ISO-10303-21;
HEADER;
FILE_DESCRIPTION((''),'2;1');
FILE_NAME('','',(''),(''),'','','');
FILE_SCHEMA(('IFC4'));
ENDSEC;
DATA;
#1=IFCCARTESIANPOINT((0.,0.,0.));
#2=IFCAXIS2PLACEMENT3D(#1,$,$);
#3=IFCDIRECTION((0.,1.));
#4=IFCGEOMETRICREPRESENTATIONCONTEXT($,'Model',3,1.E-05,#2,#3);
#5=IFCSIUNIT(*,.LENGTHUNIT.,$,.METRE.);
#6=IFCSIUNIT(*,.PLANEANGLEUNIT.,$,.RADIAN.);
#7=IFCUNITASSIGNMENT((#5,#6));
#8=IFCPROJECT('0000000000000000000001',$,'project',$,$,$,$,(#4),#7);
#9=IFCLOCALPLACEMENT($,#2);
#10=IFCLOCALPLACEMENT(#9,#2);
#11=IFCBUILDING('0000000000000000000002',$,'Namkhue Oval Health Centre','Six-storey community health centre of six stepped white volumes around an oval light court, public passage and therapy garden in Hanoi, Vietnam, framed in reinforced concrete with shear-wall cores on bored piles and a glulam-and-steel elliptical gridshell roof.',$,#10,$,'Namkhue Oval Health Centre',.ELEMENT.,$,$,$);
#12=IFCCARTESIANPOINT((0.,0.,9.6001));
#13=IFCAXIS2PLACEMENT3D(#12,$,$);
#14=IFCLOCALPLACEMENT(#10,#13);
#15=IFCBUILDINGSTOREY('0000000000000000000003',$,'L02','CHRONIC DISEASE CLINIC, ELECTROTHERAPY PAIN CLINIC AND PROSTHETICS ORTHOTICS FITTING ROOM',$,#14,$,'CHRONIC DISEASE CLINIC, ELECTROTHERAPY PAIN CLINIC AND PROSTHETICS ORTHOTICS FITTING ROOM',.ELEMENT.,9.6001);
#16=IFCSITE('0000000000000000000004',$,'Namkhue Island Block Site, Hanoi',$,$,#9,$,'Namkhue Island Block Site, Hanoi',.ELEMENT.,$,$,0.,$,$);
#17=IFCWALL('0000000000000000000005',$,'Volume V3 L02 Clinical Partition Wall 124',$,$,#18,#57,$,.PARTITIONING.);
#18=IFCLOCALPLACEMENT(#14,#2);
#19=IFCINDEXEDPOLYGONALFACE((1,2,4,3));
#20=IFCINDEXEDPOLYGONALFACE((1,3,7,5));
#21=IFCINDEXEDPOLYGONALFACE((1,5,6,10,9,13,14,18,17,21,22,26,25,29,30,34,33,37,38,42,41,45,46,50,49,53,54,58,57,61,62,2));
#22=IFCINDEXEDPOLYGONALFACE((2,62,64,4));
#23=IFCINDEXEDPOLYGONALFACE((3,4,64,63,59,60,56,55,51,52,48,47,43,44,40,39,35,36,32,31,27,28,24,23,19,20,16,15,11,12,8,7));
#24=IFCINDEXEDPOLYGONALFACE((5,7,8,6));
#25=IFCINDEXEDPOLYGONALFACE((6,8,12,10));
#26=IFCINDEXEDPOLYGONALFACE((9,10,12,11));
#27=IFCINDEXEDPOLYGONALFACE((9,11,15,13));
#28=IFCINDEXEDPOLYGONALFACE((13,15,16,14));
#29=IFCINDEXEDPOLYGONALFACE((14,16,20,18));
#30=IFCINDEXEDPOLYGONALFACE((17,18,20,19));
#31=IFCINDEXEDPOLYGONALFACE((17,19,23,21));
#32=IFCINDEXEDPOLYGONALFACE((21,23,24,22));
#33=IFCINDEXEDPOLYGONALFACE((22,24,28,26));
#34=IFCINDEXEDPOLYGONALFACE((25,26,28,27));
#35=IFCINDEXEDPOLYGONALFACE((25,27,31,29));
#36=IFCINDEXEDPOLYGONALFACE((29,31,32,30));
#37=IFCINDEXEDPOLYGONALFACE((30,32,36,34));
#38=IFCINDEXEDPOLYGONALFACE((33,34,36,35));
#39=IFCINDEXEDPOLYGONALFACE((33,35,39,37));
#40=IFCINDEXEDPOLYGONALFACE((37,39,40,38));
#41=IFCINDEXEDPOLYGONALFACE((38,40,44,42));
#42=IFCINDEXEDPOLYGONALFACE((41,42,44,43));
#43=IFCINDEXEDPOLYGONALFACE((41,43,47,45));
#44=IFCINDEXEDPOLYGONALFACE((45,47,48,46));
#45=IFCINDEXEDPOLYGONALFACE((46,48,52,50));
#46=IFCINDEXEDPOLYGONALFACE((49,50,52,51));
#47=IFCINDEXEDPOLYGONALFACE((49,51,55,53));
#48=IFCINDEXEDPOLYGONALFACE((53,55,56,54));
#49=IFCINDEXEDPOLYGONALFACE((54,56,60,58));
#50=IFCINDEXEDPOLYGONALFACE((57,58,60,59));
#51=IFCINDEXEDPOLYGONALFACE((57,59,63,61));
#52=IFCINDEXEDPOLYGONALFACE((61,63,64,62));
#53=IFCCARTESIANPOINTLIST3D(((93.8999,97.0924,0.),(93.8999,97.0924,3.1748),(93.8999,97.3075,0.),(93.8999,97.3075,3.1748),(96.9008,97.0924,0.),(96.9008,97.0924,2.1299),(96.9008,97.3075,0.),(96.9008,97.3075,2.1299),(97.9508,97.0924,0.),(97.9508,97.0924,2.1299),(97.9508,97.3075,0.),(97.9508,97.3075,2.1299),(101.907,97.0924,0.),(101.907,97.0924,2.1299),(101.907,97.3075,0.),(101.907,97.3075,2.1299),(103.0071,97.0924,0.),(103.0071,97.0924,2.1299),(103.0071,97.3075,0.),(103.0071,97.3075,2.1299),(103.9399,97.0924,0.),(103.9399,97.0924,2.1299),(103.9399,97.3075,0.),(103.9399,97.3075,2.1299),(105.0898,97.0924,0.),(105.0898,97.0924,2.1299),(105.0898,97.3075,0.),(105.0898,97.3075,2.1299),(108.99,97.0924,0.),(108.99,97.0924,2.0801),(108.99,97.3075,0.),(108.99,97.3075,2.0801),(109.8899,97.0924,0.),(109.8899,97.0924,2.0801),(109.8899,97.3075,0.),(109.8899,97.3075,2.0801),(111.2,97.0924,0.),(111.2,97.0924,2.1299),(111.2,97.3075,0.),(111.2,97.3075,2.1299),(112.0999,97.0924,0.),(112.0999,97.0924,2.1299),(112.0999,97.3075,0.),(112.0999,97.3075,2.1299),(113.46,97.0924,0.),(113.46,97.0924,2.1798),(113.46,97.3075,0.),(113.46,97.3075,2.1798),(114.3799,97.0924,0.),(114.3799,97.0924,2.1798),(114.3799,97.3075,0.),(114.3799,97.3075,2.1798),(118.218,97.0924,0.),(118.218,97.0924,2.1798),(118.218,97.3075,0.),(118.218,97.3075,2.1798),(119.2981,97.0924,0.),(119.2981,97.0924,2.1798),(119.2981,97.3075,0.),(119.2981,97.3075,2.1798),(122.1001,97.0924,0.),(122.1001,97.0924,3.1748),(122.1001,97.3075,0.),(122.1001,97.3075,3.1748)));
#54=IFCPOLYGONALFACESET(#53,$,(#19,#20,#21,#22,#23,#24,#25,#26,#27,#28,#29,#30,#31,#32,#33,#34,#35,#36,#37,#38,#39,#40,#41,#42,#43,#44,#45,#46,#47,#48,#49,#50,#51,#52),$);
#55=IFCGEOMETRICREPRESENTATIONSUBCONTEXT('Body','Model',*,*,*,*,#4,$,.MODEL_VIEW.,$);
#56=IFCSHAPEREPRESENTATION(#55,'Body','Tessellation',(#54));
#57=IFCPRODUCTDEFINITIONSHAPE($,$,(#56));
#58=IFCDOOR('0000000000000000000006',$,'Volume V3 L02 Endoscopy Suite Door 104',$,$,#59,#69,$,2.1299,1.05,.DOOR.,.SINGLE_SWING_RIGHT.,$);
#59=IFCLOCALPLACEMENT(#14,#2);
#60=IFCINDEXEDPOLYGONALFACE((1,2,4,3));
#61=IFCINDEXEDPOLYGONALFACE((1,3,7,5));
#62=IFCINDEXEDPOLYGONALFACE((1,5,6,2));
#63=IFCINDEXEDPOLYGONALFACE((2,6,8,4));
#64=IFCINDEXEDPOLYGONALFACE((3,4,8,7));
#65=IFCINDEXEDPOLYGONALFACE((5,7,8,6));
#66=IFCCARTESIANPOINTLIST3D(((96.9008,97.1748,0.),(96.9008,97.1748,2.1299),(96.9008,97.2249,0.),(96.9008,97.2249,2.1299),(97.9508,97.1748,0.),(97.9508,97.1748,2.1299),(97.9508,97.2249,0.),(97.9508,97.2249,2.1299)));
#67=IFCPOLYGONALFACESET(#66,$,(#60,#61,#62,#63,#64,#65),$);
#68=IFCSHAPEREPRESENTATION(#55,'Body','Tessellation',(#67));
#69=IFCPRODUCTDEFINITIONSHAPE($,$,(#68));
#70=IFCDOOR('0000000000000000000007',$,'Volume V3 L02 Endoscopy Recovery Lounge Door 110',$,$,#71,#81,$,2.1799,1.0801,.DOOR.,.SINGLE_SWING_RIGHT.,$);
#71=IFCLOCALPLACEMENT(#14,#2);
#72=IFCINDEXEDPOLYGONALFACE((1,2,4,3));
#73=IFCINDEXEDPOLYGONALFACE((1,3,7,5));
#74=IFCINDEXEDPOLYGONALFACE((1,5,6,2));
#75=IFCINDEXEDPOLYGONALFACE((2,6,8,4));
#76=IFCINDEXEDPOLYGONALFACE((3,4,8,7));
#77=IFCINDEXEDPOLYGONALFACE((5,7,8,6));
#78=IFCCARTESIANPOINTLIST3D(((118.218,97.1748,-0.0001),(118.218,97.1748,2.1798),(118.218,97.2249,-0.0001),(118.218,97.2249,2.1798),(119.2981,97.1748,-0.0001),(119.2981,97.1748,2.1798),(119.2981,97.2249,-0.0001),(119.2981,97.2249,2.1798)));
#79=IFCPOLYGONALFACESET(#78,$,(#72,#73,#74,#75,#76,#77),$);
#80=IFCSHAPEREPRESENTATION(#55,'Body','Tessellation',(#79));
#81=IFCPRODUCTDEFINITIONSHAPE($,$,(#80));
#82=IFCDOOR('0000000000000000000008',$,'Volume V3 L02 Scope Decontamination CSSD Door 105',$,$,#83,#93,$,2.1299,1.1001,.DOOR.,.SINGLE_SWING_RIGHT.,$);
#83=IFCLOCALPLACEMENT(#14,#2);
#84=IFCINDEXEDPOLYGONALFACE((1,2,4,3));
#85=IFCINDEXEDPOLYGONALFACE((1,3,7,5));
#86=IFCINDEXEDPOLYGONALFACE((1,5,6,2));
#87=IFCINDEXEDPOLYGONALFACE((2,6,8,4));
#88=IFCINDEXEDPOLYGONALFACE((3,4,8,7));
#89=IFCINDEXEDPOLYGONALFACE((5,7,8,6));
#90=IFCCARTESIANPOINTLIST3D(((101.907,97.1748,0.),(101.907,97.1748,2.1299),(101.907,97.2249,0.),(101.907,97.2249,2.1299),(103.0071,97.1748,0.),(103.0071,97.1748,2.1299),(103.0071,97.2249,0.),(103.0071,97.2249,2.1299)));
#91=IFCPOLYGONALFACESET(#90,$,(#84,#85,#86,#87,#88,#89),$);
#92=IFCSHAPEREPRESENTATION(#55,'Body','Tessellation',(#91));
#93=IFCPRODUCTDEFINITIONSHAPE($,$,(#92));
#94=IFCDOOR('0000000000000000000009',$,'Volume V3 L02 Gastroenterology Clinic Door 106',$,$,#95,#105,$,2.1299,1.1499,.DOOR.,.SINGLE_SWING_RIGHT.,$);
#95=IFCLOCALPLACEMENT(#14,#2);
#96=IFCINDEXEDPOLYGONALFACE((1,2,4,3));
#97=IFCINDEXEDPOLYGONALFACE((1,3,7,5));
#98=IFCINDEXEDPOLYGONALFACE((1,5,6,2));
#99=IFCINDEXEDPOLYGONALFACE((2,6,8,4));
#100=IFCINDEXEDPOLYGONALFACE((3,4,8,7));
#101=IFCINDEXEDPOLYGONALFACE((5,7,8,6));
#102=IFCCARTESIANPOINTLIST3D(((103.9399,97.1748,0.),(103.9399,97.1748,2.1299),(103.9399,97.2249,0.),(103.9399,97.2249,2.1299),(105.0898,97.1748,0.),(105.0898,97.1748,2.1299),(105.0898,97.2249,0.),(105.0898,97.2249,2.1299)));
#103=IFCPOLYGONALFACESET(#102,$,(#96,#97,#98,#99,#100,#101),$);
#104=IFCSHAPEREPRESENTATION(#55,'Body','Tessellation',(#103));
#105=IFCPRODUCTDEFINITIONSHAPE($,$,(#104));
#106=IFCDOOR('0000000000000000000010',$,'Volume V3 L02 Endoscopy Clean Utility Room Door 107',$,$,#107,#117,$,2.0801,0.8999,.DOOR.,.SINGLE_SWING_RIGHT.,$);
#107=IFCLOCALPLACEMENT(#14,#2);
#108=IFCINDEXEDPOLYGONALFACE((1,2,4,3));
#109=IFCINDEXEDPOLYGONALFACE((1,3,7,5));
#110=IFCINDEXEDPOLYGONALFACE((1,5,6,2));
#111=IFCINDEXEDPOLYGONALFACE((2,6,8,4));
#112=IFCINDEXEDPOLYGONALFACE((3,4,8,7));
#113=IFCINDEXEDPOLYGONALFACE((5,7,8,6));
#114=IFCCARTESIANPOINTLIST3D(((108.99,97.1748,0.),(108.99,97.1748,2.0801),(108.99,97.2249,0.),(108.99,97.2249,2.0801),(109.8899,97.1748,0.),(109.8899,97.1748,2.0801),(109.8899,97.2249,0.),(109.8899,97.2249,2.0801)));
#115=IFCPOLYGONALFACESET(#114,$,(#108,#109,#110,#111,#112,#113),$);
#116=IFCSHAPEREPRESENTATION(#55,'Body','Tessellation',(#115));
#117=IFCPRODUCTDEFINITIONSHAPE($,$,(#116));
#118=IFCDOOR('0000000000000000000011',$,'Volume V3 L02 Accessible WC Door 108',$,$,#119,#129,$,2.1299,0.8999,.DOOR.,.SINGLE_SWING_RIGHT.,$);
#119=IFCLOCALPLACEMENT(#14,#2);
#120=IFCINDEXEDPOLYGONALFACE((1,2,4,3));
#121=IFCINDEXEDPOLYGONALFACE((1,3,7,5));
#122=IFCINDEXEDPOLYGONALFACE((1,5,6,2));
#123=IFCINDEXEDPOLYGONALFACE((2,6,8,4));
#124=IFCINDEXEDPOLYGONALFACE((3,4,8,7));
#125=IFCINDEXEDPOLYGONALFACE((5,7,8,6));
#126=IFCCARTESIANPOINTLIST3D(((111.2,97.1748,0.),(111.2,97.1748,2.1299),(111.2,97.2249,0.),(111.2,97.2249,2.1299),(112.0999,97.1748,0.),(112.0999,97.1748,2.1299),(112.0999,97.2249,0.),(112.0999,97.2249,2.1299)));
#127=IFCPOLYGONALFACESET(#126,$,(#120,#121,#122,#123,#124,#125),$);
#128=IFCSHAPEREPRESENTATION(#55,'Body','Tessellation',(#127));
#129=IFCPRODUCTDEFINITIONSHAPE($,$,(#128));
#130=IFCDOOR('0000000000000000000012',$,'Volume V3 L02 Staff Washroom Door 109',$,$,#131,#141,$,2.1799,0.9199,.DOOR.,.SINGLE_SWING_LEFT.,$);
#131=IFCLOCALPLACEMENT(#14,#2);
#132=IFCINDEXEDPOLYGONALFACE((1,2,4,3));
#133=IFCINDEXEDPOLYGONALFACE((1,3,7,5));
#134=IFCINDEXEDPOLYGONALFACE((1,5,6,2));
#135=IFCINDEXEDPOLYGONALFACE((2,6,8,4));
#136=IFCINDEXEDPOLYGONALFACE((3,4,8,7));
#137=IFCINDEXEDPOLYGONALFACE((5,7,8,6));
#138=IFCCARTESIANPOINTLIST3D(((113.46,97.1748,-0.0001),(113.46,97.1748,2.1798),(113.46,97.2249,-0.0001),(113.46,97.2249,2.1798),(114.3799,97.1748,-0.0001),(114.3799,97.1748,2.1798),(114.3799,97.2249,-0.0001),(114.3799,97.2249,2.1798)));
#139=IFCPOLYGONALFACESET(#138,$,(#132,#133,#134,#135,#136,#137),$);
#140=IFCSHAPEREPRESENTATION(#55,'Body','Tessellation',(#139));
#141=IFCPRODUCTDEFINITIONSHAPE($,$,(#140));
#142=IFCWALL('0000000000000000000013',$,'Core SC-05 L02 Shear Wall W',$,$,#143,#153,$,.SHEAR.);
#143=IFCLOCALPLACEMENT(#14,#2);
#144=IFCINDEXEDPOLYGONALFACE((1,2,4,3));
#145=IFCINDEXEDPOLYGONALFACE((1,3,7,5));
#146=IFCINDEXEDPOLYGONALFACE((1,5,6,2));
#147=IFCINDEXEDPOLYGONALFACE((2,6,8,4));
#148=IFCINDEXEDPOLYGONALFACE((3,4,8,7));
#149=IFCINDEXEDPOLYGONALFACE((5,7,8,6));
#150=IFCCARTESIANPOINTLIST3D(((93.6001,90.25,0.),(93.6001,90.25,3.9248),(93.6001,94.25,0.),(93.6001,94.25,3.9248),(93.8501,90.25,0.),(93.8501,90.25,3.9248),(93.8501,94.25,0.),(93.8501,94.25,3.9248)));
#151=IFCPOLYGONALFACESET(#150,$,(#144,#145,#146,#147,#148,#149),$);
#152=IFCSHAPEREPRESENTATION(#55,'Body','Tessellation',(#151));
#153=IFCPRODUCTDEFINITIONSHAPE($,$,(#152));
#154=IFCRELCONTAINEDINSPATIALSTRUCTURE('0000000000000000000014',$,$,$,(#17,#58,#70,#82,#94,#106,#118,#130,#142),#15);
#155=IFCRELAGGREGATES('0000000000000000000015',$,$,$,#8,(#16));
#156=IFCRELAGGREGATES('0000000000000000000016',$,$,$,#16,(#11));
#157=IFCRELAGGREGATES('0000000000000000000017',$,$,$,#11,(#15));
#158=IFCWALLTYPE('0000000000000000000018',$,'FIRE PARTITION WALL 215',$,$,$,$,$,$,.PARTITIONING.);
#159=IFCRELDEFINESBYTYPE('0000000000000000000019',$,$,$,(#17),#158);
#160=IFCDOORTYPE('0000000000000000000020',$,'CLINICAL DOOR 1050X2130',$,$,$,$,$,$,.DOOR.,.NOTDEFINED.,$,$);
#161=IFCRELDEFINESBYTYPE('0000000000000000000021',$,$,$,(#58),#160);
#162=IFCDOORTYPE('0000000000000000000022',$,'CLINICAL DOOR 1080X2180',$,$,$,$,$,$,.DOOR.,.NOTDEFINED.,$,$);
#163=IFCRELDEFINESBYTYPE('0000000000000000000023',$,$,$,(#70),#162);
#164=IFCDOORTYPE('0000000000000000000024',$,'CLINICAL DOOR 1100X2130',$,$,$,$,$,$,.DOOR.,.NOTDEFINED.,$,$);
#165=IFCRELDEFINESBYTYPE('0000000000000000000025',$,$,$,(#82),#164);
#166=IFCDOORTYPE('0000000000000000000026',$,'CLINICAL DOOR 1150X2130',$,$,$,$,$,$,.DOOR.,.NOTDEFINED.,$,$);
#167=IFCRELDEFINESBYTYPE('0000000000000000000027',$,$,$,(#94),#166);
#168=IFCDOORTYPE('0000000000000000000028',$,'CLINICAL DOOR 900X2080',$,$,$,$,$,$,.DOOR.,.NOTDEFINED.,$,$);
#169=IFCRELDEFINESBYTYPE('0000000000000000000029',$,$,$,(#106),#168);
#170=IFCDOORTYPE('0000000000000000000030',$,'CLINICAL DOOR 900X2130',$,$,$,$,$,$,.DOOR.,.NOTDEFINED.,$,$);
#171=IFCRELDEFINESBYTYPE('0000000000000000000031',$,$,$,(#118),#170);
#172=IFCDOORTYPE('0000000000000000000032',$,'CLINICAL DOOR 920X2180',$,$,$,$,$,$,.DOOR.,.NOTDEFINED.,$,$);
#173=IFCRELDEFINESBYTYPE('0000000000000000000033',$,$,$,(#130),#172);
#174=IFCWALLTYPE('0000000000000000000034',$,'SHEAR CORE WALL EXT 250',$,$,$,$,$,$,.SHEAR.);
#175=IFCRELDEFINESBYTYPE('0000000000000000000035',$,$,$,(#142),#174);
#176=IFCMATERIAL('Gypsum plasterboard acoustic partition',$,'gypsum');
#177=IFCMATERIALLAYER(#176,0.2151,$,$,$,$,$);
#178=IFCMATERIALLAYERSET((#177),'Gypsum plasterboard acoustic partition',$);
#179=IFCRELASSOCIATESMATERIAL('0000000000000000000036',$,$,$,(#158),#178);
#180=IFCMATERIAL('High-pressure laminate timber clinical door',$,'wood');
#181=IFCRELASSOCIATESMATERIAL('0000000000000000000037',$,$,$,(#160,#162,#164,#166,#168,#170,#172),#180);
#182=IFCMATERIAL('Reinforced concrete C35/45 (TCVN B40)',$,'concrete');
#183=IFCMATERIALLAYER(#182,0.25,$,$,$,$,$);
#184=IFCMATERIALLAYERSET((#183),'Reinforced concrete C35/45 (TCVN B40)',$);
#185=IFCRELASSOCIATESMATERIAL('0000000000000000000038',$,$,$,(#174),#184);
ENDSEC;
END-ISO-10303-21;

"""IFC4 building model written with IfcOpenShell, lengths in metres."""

from ifc_helpers import new_model, si_unit, direction, frame, frame_2d, origin, place, context, subcontext, project, spatial, rectangle, extrude, material, layer, layer_set, type_object, element, fill, save


model = new_model("IFC4")

# Units and contexts
model_context = context("Model", 3, precision=1e-05, world=origin(), true_north=direction((0.0, 1.0)))
body_context = subcontext(model_context, "Body", "Model", "MODEL_VIEW")
ifc_project = project(units=[si_unit("LENGTHUNIT", "METRE"), si_unit("PLANEANGLEUNIT", "RADIAN")], contexts=[model_context])

# Site, building, storey
site_placement = place(None, origin())
site = spatial("IfcSite", under=ifc_project, at=site_placement, Name="Namkhue Island Block Site, Hanoi", LongName="Namkhue Island Block Site, Hanoi", CompositionType="ELEMENT", RefElevation=0.0)
building_placement = place(site_placement, origin())
building = spatial("IfcBuilding", under=site, at=building_placement, Name="Namkhue Oval Health Centre", Description="Six-storey community health centre of six stepped white volumes around an oval light court, public passage and therapy garden in Hanoi, Vietnam, framed in reinforced concrete with shear-wall cores on bored piles and a glulam-and-steel elliptical gridshell roof.", LongName="Namkhue Oval Health Centre", CompositionType="ELEMENT")
storey_placement = place(building_placement, frame((0.0, 0.0, 9.6001)))
storey = spatial("IfcBuildingStorey", under=building, at=storey_placement, Name="L02", Description="CHRONIC DISEASE CLINIC, ELECTROTHERAPY PAIN CLINIC AND PROSTHETICS ORTHOTICS FITTING ROOM", LongName="CHRONIC DISEASE CLINIC, ELECTROTHERAPY PAIN CLINIC AND PROSTHETICS ORTHOTICS FITTING ROOM", CompositionType="ELEMENT", Elevation=9.6001)

# Shared definitions
ifc_material_1 = material(Name="Reinforced concrete C35/45 (TCVN B40)", Category="concrete")

# Wall, openings, doors
ifc_material_2 = material(Name="Gypsum plasterboard acoustic partition", Category="gypsum")
ifc_layer_1 = layer(ifc_material_2, 0.2151)
ifc_layer_set_1 = layer_set([ifc_layer_1], Name="Gypsum plasterboard acoustic partition")
wall_type_1 = type_object("IfcWallType", Name="FIRE PARTITION WALL 215", PredefinedType="PARTITIONING", material=ifc_layer_set_1)
wall_1_placement = place(storey_placement, frame((93.8999, 97.2, 0.0), z_axis=(0.0, 0.0, 1.0), x_axis=(1.0, 0.0, 0.0)))
wall_1 = element("IfcWall", 1, at=wall_1_placement, inside=storey, type_object=wall_type_1, Name="Volume V3 L02 Clinical Partition Wall 124", PredefinedType="PARTITIONING", context=body_context, shape_type="SweptSolid", body=[
    extrude(rectangle(XDim=28.2002, YDim=0.2151, at=frame_2d((14.1001, 0.0))), origin(), (0.0, 0.0, 1.0), 3.1748),
])
opening_1_placement = place(wall_1_placement, frame((3.001, 0.0, 0.0)))
opening_1 = element("IfcOpeningElement", 2, at=opening_1_placement, cuts=wall_1, PredefinedType="OPENING", context=body_context, shape_type="SweptSolid", body=[
    extrude(rectangle(XDim=1.05, YDim=2.1299, at=frame_2d((0.5249, 1.0649))), frame((0.0, 0.1174, 0.0), z_axis=(0.0, -1.0, 0.0), x_axis=(1.0, 0.0, 0.0)), (0.0, 0.0, 1.0), 0.2351),
])
opening_2_placement = place(wall_1_placement, frame((8.0071, 0.0, 0.0)))
opening_2 = element("IfcOpeningElement", 3, at=opening_2_placement, cuts=wall_1, PredefinedType="OPENING", context=body_context, shape_type="SweptSolid", body=[
    extrude(rectangle(XDim=1.1001, YDim=2.1299, at=frame_2d((0.55, 1.0649))), frame((0.0, 0.1174, 0.0), z_axis=(0.0, -1.0, 0.0), x_axis=(1.0, 0.0, 0.0)), (0.0, 0.0, 1.0), 0.2351),
])
opening_3_placement = place(wall_1_placement, frame((10.04, 0.0, 0.0)))
opening_3 = element("IfcOpeningElement", 4, at=opening_3_placement, cuts=wall_1, PredefinedType="OPENING", context=body_context, shape_type="SweptSolid", body=[
    extrude(rectangle(XDim=1.1499, YDim=2.1299, at=frame_2d((0.575, 1.0649))), frame((0.0, 0.1174, 0.0), z_axis=(0.0, -1.0, 0.0), x_axis=(1.0, 0.0, 0.0)), (0.0, 0.0, 1.0), 0.2351),
])
opening_4_placement = place(wall_1_placement, frame((15.0901, 0.0, 0.0)))
opening_4 = element("IfcOpeningElement", 5, at=opening_4_placement, cuts=wall_1, PredefinedType="OPENING", context=body_context, shape_type="SweptSolid", body=[
    extrude(rectangle(XDim=0.8999, YDim=2.0801, at=frame_2d((0.45, 1.04))), frame((0.0, 0.1174, 0.0), z_axis=(0.0, -1.0, 0.0), x_axis=(1.0, 0.0, 0.0)), (0.0, 0.0, 1.0), 0.2351),
])
opening_5_placement = place(wall_1_placement, frame((17.3, 0.0, 0.0)))
opening_5 = element("IfcOpeningElement", 6, at=opening_5_placement, cuts=wall_1, PredefinedType="OPENING", context=body_context, shape_type="SweptSolid", body=[
    extrude(rectangle(XDim=0.8999, YDim=2.1299, at=frame_2d((0.45, 1.0649))), frame((0.0, 0.1174, 0.0), z_axis=(0.0, -1.0, 0.0), x_axis=(1.0, 0.0, 0.0)), (0.0, 0.0, 1.0), 0.2351),
])
opening_6_placement = place(wall_1_placement, frame((19.5601, 0.0, 0.0)))
opening_6 = element("IfcOpeningElement", 7, at=opening_6_placement, cuts=wall_1, PredefinedType="OPENING", context=body_context, shape_type="SweptSolid", body=[
    extrude(rectangle(XDim=0.9199, YDim=2.1799, at=frame_2d((0.46, 1.0898))), frame((0.0, 0.1174, 0.0), z_axis=(0.0, -1.0, 0.0), x_axis=(1.0, 0.0, 0.0)), (0.0, 0.0, 1.0), 0.2351),
])
opening_7_placement = place(wall_1_placement, frame((24.3181, 0.0, 0.0)))
opening_7 = element("IfcOpeningElement", 8, at=opening_7_placement, cuts=wall_1, PredefinedType="OPENING", context=body_context, shape_type="SweptSolid", body=[
    extrude(rectangle(XDim=1.0801, YDim=2.1799, at=frame_2d((0.54, 1.0898))), frame((0.0, 0.1174, 0.0), z_axis=(0.0, -1.0, 0.0), x_axis=(1.0, 0.0, 0.0)), (0.0, 0.0, 1.0), 0.2351),
])
ifc_material_3 = material(Name="High-pressure laminate timber clinical door", Category="wood")
door_type_1 = type_object("IfcDoorType", Name="CLINICAL DOOR 1050X2130", OperationType="NOTDEFINED", PredefinedType="DOOR", material=ifc_material_3)
door_1_placement = place(opening_1_placement, origin())
door_1 = element("IfcDoor", 9, at=door_1_placement, inside=storey, type_object=door_type_1, Name="Volume V3 L02 Endoscopy Suite Door 104", OperationType="SINGLE_SWING_RIGHT", OverallHeight=2.1299, OverallWidth=1.05, PredefinedType="DOOR", context=body_context, shape_type="SweptSolid", body=[
    extrude(rectangle(XDim=1.05, YDim=2.1299, at=frame_2d((0.5249, 1.0649))), frame((0.0, 0.0249, 0.0), z_axis=(0.0, -1.0, 0.0), x_axis=(1.0, 0.0, 0.0)), (0.0, 0.0, 1.0), 0.05),
])
fill(opening_1, door_1)
door_type_2 = type_object("IfcDoorType", Name="CLINICAL DOOR 1080X2180", OperationType="NOTDEFINED", PredefinedType="DOOR", material=ifc_material_3)
door_2_placement = place(opening_7_placement, origin())
door_2 = element("IfcDoor", 10, at=door_2_placement, inside=storey, type_object=door_type_2, Name="Volume V3 L02 Endoscopy Recovery Lounge Door 110", OperationType="SINGLE_SWING_RIGHT", OverallHeight=2.1799, OverallWidth=1.0801, PredefinedType="DOOR", context=body_context, shape_type="SweptSolid", body=[
    extrude(rectangle(XDim=1.0801, YDim=2.1799, at=frame_2d((0.54, 1.0898))), frame((0.0, 0.0249, 0.0), z_axis=(0.0, -1.0, 0.0), x_axis=(1.0, 0.0, 0.0)), (0.0, 0.0, 1.0), 0.05),
])
fill(opening_7, door_2)
door_type_3 = type_object("IfcDoorType", Name="CLINICAL DOOR 1100X2130", OperationType="NOTDEFINED", PredefinedType="DOOR", material=ifc_material_3)
door_3_placement = place(opening_2_placement, origin())
door_3 = element("IfcDoor", 11, at=door_3_placement, inside=storey, type_object=door_type_3, Name="Volume V3 L02 Scope Decontamination CSSD Door 105", OperationType="SINGLE_SWING_RIGHT", OverallHeight=2.1299, OverallWidth=1.1001, PredefinedType="DOOR", context=body_context, shape_type="SweptSolid", body=[
    extrude(rectangle(XDim=1.1001, YDim=2.1299, at=frame_2d((0.55, 1.0649))), frame((0.0, 0.0249, 0.0), z_axis=(0.0, -1.0, 0.0), x_axis=(1.0, 0.0, 0.0)), (0.0, 0.0, 1.0), 0.05),
])
fill(opening_2, door_3)
door_type_4 = type_object("IfcDoorType", Name="CLINICAL DOOR 1150X2130", OperationType="NOTDEFINED", PredefinedType="DOOR", material=ifc_material_3)
door_4_placement = place(opening_3_placement, origin())
door_4 = element("IfcDoor", 12, at=door_4_placement, inside=storey, type_object=door_type_4, Name="Volume V3 L02 Gastroenterology Clinic Door 106", OperationType="SINGLE_SWING_RIGHT", OverallHeight=2.1299, OverallWidth=1.1499, PredefinedType="DOOR", context=body_context, shape_type="SweptSolid", body=[
    extrude(rectangle(XDim=1.1499, YDim=2.1299, at=frame_2d((0.575, 1.0649))), frame((0.0, 0.0249, 0.0), z_axis=(0.0, -1.0, 0.0), x_axis=(1.0, 0.0, 0.0)), (0.0, 0.0, 1.0), 0.05),
])
fill(opening_3, door_4)
door_type_5 = type_object("IfcDoorType", Name="CLINICAL DOOR 900X2080", OperationType="NOTDEFINED", PredefinedType="DOOR", material=ifc_material_3)
door_5_placement = place(opening_4_placement, origin())
door_5 = element("IfcDoor", 13, at=door_5_placement, inside=storey, type_object=door_type_5, Name="Volume V3 L02 Endoscopy Clean Utility Room Door 107", OperationType="SINGLE_SWING_RIGHT", OverallHeight=2.0801, OverallWidth=0.8999, PredefinedType="DOOR", context=body_context, shape_type="SweptSolid", body=[
    extrude(rectangle(XDim=0.8999, YDim=2.0801, at=frame_2d((0.45, 1.04))), frame((0.0, 0.0249, 0.0), z_axis=(0.0, -1.0, 0.0), x_axis=(1.0, 0.0, 0.0)), (0.0, 0.0, 1.0), 0.05),
])
fill(opening_4, door_5)
door_type_6 = type_object("IfcDoorType", Name="CLINICAL DOOR 900X2130", OperationType="NOTDEFINED", PredefinedType="DOOR", material=ifc_material_3)
door_6_placement = place(opening_5_placement, origin())
door_6 = element("IfcDoor", 14, at=door_6_placement, inside=storey, type_object=door_type_6, Name="Volume V3 L02 Accessible WC Door 108", OperationType="SINGLE_SWING_RIGHT", OverallHeight=2.1299, OverallWidth=0.8999, PredefinedType="DOOR", context=body_context, shape_type="SweptSolid", body=[
    extrude(rectangle(XDim=0.8999, YDim=2.1299, at=frame_2d((0.45, 1.0649))), frame((0.0, 0.0249, 0.0), z_axis=(0.0, -1.0, 0.0), x_axis=(1.0, 0.0, 0.0)), (0.0, 0.0, 1.0), 0.05),
])
fill(opening_5, door_6)
door_type_7 = type_object("IfcDoorType", Name="CLINICAL DOOR 920X2180", OperationType="NOTDEFINED", PredefinedType="DOOR", material=ifc_material_3)
door_7_placement = place(opening_6_placement, origin())
door_7 = element("IfcDoor", 15, at=door_7_placement, inside=storey, type_object=door_type_7, Name="Volume V3 L02 Staff Washroom Door 109", OperationType="SINGLE_SWING_LEFT", OverallHeight=2.1799, OverallWidth=0.9199, PredefinedType="DOOR", context=body_context, shape_type="SweptSolid", body=[
    extrude(rectangle(XDim=0.9199, YDim=2.1799, at=frame_2d((0.46, 1.0898))), frame((0.0, 0.0249, 0.0), z_axis=(0.0, -1.0, 0.0), x_axis=(1.0, 0.0, 0.0)), (0.0, 0.0, 1.0), 0.05),
])
fill(opening_6, door_7)

# Wall
ifc_layer_2 = layer(ifc_material_1, 0.25)
ifc_layer_set_2 = layer_set([ifc_layer_2], Name="Reinforced concrete C35/45 (TCVN B40)")
wall_type_2 = type_object("IfcWallType", Name="SHEAR CORE WALL EXT 250", PredefinedType="SHEAR", material=ifc_layer_set_2)
wall_2_placement = place(storey_placement, frame((93.7251, 94.25, 0.0), z_axis=(0.0, 0.0, 1.0), x_axis=(0.0, -1.0, 0.0)))
element("IfcWall", 16, at=wall_2_placement, inside=storey, type_object=wall_type_2, Name="Core SC-05 L02 Shear Wall W", PredefinedType="SHEAR", context=body_context, shape_type="SweptSolid", body=[
    extrude(rectangle(XDim=4.0, YDim=0.25, at=frame_2d((2.0, 0.0))), origin(), (0.0, 0.0, 1.0), 3.9248),
])

save(model, "model.ifc")
